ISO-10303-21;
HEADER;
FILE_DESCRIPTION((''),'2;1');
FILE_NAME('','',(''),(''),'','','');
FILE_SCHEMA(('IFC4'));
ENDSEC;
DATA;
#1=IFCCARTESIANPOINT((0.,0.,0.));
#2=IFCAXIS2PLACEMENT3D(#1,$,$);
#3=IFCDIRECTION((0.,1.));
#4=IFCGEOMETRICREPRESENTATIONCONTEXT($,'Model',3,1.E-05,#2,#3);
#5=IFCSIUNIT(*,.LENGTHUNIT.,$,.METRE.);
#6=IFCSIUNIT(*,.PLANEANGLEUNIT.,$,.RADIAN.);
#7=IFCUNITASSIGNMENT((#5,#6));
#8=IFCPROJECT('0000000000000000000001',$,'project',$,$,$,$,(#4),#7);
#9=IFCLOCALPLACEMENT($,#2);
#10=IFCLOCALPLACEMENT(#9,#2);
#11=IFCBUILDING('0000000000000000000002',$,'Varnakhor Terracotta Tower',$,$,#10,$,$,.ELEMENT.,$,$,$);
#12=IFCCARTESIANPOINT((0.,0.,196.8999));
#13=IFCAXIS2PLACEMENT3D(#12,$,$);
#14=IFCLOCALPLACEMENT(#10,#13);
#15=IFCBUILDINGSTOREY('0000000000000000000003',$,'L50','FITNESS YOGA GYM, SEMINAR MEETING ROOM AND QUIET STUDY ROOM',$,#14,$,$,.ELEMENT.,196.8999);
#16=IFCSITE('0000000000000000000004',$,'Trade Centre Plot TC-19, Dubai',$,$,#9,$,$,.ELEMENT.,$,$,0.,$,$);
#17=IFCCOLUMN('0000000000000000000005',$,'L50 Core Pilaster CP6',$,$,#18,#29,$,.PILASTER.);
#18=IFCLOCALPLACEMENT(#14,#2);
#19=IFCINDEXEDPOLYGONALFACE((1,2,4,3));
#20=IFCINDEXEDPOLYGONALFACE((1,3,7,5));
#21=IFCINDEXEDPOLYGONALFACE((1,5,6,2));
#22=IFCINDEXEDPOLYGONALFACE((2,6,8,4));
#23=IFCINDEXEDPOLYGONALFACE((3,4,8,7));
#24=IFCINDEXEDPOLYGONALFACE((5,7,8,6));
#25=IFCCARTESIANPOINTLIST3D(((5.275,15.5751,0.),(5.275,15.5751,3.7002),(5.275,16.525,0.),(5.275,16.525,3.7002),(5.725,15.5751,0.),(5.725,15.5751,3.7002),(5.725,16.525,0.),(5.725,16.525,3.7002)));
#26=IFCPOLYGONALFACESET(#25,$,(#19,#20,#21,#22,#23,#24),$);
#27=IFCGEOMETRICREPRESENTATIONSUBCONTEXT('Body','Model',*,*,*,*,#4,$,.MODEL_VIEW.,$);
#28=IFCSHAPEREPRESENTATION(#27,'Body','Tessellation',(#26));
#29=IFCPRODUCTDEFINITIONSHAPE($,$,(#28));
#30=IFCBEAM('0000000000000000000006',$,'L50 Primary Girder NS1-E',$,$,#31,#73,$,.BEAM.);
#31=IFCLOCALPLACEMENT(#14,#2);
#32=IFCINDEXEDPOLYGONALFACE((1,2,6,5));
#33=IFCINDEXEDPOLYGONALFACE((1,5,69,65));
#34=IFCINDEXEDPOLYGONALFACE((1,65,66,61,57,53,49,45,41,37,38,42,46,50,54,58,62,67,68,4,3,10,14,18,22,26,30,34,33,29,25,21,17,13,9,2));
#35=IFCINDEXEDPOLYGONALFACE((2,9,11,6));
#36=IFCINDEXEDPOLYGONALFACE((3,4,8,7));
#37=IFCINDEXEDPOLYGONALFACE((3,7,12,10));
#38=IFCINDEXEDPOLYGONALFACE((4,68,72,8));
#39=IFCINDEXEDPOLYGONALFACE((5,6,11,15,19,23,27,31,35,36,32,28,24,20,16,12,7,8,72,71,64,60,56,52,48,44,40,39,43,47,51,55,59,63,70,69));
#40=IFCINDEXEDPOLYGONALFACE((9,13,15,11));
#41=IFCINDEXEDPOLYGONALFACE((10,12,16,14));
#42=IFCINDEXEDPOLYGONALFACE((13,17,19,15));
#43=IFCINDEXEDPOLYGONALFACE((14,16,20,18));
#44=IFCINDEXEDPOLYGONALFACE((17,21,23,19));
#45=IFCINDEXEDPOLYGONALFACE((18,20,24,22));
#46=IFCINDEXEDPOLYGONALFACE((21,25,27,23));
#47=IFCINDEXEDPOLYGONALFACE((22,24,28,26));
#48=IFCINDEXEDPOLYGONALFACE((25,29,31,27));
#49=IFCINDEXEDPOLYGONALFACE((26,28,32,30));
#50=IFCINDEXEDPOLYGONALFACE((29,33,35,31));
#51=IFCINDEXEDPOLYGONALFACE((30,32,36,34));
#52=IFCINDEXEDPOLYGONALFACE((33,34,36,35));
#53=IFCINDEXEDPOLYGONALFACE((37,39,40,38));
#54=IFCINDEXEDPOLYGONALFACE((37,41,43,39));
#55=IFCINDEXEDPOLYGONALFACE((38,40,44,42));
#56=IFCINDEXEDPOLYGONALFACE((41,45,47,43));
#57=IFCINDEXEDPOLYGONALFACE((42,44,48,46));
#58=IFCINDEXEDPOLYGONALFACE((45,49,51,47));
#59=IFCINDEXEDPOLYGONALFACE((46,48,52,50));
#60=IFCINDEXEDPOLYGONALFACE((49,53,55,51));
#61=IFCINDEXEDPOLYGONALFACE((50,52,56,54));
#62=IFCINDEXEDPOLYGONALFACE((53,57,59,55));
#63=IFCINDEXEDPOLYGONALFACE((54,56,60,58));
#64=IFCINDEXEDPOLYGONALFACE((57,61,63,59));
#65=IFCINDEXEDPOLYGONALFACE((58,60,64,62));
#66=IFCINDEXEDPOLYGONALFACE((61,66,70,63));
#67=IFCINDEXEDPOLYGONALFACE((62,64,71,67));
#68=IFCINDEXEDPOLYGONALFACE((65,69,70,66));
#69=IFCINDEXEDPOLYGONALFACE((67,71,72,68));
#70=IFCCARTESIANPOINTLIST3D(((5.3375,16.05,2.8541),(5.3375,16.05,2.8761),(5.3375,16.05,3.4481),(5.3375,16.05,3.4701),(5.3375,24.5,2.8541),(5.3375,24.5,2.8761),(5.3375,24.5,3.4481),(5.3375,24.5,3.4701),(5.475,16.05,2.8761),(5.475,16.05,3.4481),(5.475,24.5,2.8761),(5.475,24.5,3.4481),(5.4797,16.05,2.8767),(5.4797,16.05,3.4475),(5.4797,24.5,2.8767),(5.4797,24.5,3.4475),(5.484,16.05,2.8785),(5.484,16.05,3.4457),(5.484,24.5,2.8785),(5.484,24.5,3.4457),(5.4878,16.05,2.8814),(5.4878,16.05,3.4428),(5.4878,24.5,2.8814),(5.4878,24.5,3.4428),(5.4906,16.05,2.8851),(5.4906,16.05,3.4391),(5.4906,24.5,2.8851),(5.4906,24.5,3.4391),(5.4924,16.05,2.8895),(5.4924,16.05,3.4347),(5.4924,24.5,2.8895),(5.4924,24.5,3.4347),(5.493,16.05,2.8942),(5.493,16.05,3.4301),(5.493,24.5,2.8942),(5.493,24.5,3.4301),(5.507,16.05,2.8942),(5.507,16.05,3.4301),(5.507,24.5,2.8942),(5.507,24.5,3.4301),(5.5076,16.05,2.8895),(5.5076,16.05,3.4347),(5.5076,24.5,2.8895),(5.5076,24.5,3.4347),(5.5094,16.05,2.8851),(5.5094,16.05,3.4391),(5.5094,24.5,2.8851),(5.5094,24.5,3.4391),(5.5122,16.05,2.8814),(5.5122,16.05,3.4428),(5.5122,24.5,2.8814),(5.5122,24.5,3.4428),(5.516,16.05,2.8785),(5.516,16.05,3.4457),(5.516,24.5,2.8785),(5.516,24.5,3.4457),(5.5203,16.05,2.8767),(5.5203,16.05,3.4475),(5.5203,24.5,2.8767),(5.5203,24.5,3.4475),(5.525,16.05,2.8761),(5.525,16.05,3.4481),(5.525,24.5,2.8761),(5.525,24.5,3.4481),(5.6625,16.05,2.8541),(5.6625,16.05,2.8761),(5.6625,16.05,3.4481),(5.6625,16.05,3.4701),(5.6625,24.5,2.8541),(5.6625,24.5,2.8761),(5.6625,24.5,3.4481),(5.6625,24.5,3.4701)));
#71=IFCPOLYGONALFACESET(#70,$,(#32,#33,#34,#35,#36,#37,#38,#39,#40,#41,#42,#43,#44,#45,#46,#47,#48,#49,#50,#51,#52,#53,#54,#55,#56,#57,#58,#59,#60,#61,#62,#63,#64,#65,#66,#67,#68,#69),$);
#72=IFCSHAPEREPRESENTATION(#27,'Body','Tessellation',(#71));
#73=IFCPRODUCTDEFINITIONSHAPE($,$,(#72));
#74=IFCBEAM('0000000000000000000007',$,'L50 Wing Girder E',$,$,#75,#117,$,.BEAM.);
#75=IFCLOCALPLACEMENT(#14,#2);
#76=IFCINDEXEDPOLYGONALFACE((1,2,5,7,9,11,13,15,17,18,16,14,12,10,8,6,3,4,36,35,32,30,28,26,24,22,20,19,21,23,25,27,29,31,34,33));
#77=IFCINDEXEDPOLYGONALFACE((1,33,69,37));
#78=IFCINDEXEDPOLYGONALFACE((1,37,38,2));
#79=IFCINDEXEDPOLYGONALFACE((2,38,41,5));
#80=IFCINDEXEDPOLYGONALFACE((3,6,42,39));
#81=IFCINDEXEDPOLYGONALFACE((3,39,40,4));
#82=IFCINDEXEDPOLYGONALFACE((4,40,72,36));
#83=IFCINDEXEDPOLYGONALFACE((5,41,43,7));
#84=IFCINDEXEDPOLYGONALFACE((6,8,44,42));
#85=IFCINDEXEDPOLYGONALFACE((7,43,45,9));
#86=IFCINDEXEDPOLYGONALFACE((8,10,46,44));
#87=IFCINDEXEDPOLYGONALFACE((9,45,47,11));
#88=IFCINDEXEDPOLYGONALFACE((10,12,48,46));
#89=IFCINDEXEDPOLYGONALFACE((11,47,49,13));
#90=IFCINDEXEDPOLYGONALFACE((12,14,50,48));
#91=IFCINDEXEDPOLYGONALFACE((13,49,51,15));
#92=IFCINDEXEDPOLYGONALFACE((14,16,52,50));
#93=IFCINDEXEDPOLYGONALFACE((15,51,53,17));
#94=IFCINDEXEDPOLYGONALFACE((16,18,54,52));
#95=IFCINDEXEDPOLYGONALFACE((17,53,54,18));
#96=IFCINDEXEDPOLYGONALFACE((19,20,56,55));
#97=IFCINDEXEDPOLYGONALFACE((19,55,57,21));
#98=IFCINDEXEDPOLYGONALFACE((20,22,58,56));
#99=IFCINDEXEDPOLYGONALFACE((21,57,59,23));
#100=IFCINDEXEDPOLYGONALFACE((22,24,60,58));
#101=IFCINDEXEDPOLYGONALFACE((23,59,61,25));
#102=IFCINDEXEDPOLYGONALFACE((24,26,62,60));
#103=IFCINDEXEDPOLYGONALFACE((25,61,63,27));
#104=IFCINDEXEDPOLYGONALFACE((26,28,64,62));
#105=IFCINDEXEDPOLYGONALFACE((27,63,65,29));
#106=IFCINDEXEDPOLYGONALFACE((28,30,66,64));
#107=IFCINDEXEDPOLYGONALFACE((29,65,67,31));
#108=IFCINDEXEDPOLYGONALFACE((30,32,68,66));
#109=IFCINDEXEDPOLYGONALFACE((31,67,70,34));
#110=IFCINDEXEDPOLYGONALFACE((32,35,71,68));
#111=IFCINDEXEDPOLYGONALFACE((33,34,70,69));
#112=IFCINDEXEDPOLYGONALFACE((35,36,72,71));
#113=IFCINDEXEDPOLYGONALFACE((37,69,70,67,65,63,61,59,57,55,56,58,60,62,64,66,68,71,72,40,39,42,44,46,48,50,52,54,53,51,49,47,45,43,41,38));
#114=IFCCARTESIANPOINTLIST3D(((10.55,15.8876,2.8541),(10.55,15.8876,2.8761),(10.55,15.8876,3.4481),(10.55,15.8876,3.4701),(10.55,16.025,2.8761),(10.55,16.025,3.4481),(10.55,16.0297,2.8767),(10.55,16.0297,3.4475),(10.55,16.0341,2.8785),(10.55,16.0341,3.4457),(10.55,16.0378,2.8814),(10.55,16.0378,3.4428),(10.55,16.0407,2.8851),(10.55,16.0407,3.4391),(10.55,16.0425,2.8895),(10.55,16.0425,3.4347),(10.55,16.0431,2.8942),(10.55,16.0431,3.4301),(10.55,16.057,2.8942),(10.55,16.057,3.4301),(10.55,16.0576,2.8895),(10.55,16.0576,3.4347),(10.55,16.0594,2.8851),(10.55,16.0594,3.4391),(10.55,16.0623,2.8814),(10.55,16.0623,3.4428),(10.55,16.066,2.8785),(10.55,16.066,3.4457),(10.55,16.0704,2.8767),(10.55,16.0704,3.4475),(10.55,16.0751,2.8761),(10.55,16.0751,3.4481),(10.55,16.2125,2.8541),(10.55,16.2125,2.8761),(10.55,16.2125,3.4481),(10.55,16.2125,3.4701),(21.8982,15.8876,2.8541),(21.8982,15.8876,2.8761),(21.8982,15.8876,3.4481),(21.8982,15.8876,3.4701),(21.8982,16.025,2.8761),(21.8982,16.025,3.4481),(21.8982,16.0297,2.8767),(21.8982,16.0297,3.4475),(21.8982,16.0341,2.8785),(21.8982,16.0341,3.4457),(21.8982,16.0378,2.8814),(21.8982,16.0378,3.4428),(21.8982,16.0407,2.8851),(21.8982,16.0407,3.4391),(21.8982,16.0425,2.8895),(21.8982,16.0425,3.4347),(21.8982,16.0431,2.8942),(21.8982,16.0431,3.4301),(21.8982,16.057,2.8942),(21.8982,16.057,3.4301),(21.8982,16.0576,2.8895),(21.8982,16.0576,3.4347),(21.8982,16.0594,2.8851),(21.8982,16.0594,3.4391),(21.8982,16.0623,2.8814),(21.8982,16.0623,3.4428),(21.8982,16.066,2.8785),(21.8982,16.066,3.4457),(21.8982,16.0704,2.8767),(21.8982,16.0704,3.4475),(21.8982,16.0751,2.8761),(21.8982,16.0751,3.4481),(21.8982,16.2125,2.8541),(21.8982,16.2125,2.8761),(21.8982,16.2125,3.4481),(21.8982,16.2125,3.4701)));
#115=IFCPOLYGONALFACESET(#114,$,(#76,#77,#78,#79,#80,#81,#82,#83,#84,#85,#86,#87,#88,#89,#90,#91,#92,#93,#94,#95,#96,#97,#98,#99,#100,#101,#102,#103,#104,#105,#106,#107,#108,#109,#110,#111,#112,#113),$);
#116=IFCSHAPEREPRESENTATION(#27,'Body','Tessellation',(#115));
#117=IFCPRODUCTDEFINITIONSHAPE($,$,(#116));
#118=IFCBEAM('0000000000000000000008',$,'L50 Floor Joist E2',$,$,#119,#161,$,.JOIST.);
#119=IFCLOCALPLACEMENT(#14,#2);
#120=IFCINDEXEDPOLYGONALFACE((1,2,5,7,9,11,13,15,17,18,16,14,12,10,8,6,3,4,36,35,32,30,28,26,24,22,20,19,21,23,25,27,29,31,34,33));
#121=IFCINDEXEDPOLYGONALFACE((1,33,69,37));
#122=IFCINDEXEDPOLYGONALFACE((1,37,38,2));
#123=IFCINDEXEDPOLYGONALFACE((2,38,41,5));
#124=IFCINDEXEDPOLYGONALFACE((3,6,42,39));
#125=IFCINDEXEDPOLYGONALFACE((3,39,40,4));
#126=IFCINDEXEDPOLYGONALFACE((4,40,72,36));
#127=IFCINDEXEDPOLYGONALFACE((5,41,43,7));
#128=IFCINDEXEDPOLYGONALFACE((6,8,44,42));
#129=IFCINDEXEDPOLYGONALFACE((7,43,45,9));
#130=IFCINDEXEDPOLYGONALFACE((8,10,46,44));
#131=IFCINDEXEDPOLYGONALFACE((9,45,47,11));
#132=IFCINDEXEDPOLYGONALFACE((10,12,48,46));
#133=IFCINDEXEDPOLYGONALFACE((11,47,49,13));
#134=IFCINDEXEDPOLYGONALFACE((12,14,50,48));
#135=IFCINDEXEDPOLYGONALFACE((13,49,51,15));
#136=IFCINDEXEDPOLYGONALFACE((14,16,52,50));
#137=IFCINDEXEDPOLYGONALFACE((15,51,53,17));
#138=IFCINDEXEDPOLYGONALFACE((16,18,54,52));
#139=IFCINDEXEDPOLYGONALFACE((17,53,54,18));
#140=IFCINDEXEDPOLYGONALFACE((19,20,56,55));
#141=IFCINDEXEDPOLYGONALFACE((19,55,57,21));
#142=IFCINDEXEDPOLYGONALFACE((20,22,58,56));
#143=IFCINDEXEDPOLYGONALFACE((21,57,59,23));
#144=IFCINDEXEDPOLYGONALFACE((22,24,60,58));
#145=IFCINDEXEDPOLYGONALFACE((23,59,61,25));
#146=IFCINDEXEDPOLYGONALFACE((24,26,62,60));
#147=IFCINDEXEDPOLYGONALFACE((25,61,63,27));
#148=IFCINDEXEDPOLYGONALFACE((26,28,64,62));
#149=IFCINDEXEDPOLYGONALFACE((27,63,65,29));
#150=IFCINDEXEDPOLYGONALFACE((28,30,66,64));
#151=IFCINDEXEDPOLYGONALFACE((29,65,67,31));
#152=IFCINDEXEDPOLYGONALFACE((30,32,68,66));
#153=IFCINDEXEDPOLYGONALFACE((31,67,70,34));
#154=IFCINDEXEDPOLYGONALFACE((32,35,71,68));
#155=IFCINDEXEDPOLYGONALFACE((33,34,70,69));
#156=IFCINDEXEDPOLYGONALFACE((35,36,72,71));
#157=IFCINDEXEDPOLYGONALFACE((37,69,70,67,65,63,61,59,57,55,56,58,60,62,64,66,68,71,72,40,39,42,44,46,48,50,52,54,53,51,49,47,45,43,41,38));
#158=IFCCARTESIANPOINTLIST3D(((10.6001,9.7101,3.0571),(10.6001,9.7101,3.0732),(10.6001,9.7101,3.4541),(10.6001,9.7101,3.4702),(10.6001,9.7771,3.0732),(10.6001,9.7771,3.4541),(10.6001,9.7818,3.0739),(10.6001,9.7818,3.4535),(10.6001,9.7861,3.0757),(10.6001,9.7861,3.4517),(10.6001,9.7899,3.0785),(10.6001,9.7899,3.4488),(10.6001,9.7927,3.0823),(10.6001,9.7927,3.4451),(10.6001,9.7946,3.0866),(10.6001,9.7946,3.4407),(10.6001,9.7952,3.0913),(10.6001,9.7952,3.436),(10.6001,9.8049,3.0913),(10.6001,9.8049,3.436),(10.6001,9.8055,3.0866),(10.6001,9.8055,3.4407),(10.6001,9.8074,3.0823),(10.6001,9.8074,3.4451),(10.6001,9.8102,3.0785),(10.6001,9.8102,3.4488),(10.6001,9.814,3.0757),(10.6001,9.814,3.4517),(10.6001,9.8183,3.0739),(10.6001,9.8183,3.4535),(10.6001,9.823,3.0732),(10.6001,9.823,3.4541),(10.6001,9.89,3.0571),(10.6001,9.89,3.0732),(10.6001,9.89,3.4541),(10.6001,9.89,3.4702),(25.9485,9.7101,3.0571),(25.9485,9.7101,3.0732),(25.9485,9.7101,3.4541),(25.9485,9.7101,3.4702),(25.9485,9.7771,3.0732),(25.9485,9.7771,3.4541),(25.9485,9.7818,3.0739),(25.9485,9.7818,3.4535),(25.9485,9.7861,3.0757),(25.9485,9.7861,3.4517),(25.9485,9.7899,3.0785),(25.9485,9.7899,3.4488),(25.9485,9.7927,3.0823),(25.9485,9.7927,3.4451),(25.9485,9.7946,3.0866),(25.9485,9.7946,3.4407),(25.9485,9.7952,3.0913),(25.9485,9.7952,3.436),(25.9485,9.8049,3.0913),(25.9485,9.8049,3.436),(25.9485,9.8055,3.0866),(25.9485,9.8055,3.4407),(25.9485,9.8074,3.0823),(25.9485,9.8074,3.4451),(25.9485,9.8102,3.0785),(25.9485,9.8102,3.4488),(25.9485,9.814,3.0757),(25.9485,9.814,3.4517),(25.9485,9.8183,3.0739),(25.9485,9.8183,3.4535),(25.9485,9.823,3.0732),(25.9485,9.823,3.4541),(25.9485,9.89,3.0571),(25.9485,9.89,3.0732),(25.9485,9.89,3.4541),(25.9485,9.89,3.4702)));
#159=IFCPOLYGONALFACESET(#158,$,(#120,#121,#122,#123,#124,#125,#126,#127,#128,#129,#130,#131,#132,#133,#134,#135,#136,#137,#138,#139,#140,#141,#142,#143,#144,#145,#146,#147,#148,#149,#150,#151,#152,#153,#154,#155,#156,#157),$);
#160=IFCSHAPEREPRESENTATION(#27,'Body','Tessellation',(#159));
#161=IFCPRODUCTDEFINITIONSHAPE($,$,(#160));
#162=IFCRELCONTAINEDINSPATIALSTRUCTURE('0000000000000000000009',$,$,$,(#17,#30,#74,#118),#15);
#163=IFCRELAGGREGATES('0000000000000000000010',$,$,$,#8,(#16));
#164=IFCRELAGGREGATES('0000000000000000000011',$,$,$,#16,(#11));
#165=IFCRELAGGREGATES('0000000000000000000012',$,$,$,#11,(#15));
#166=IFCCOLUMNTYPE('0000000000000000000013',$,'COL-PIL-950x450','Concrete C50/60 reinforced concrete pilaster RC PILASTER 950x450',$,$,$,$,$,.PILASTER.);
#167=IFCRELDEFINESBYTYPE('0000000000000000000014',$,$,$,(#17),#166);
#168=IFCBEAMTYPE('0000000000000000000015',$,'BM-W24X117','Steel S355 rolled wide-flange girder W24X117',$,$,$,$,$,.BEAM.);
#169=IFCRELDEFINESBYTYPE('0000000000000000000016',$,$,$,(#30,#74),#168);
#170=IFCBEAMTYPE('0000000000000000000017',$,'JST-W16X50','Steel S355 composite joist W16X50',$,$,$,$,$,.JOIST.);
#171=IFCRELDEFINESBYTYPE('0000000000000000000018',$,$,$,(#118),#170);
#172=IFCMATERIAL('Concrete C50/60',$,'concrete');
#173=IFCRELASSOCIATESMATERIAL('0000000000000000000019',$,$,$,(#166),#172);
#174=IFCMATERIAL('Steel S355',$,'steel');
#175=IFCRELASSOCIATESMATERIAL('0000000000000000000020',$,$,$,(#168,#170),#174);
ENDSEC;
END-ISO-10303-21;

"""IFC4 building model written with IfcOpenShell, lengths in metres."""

from ifc_helpers import new_model, si_unit, direction, frame, origin, origin_2d, place, context, subcontext, project, spatial, rectangle, i_section, extrude, source, transform, mapped, material, material_profile, profile_set, type_object, type_shapes, element, save


model = new_model("IFC4")

# Units and contexts
model_context = context("Model", 3, precision=1e-05, world=origin(), true_north=direction((0.0, 1.0)))
body_context = subcontext(model_context, "Body", "Model", "MODEL_VIEW")
ifc_project = project(units=[si_unit("LENGTHUNIT", "METRE"), si_unit("PLANEANGLEUNIT", "RADIAN")], contexts=[model_context])

# Site, building, storey
site_placement = place(None, origin())
site = spatial("IfcSite", under=ifc_project, at=site_placement, Name="Trade Centre Plot TC-19, Dubai", CompositionType="ELEMENT", RefElevation=0.0)
building_placement = place(site_placement, origin())
building = spatial("IfcBuilding", under=site, at=building_placement, Name="Varnakhor Terracotta Tower", CompositionType="ELEMENT")
storey_placement = place(building_placement, frame((0.0, 0.0, 196.8999)))
storey = spatial("IfcBuildingStorey", under=building, at=storey_placement, Name="L50", Description="FITNESS YOGA GYM, SEMINAR MEETING ROOM AND QUIET STUDY ROOM", CompositionType="ELEMENT", Elevation=196.8999)

# Column
ifc_material_1 = material(Name="Concrete C50/60", Category="concrete")
ifc_material_profile_1 = material_profile(ifc_material_1, rectangle(XDim=0.45, YDim=0.95, at=origin_2d()), Name="RC PILASTER 950x450")
ifc_profile_set_1 = profile_set([ifc_material_profile_1], Name="Concrete C50/60")
column_type = type_object("IfcColumnType", Name="COL-PIL-950x450", Description="Concrete C50/60 reinforced concrete pilaster RC PILASTER 950x450", PredefinedType="PILASTER", material=ifc_profile_set_1)
shared_shape_1 = source(origin(), body_context, "Body", "SweptSolid", [
    extrude(rectangle(XDim=0.45, YDim=0.95, at=origin_2d()), origin(), (0.0, 0.0, 1.0), 3.7002),
])
column_placement = place(storey_placement, frame((5.5, 16.05, 0.0), z_axis=(0.0, 0.0, 1.0), x_axis=(1.0, 0.0, 0.0)))
element("IfcColumn", 1, at=column_placement, inside=storey, type_object=column_type, Name="L50 Core Pilaster CP6", PredefinedType="PILASTER", context=body_context, shape_type="MappedRepresentation", body=[
    mapped(shared_shape_1, transform((0.0, 0.0, 0.0), scale=1.0)),
])

# Beams
ifc_material_2 = material(Name="Steel S355", Category="steel")
ifc_material_profile_2 = material_profile(ifc_material_2, i_section(OverallWidth=0.325, OverallDepth=0.616, WebThickness=0.0139, FlangeThickness=0.022, FilletRadius=0.0181, at=origin_2d()), Name="W24X117")
ifc_profile_set_2 = profile_set([ifc_material_profile_2], Name="Steel S355")
beam_type_1 = type_object("IfcBeamType", Name="BM-W24X117", Description="Steel S355 rolled wide-flange girder W24X117", PredefinedType="BEAM", material=ifc_profile_set_2)
shared_shape_2 = source(origin(), body_context, "Body", "SweptSolid", [
    extrude(i_section(OverallWidth=0.325, OverallDepth=0.616, WebThickness=0.0139, FlangeThickness=0.022, FilletRadius=0.0181, at=origin_2d()), origin(), (0.0, 0.0, 1.0), 8.45),
])
type_shapes(beam_type_1, [shared_shape_2])
beam_1_placement = place(storey_placement, frame((5.5, 16.05, 3.1621), z_axis=(0.0, 1.0, 0.0), x_axis=(-1.0, 0.0, 0.0)))
element("IfcBeam", 2, at=beam_1_placement, inside=storey, type_object=beam_type_1, Name="L50 Primary Girder NS1-E", PredefinedType="BEAM", context=body_context, shape_type="MappedRepresentation", body=[
    mapped(shared_shape_2, transform((0.0, 0.0, 0.0), scale=1.0)),
])
shared_shape_3 = source(origin(), body_context, "Body", "SweptSolid", [
    extrude(i_section(OverallWidth=0.325, OverallDepth=0.616, WebThickness=0.0139, FlangeThickness=0.022, FilletRadius=0.0181, at=origin_2d()), origin(), (0.0, 0.0, 1.0), 11.3481),
])
beam_2_placement = place(storey_placement, frame((10.55, 16.05, 3.1621), z_axis=(1.0, 0.0, 0.0), x_axis=(0.0, 1.0, 0.0)))
element("IfcBeam", 3, at=beam_2_placement, inside=storey, type_object=beam_type_1, Name="L50 Wing Girder E", PredefinedType="BEAM", context=body_context, shape_type="MappedRepresentation", body=[
    mapped(shared_shape_3, transform((0.0, 0.0, 0.0), scale=1.0)),
])
ifc_material_profile_3 = material_profile(ifc_material_2, i_section(OverallWidth=0.1799, OverallDepth=0.4131, WebThickness=0.0098, FlangeThickness=0.0161, FilletRadius=0.0181, at=origin_2d()), Name="W16X50")
ifc_profile_set_3 = profile_set([ifc_material_profile_3], Name="Steel S355")
beam_type_2 = type_object("IfcBeamType", Name="JST-W16X50", Description="Steel S355 composite joist W16X50", PredefinedType="JOIST", material=ifc_profile_set_3)
shared_shape_4 = source(origin(), body_context, "Body", "SweptSolid", [
    extrude(i_section(OverallWidth=0.1799, OverallDepth=0.4131, WebThickness=0.0098, FlangeThickness=0.0161, FilletRadius=0.0181, at=origin_2d()), origin(), (0.0, 0.0, 1.0), 15.3484),
])
beam_3_placement = place(storey_placement, frame((10.6001, 9.8, 3.2637), z_axis=(1.0, 0.0, 0.0), x_axis=(0.0, 1.0, 0.0)))
element("IfcBeam", 4, at=beam_3_placement, inside=storey, type_object=beam_type_2, Name="L50 Floor Joist E2", PredefinedType="JOIST", context=body_context, shape_type="MappedRepresentation", body=[
    mapped(shared_shape_4, transform((0.0, 0.0, 0.0), scale=1.0)),
])

save(model, "model.ifc")
